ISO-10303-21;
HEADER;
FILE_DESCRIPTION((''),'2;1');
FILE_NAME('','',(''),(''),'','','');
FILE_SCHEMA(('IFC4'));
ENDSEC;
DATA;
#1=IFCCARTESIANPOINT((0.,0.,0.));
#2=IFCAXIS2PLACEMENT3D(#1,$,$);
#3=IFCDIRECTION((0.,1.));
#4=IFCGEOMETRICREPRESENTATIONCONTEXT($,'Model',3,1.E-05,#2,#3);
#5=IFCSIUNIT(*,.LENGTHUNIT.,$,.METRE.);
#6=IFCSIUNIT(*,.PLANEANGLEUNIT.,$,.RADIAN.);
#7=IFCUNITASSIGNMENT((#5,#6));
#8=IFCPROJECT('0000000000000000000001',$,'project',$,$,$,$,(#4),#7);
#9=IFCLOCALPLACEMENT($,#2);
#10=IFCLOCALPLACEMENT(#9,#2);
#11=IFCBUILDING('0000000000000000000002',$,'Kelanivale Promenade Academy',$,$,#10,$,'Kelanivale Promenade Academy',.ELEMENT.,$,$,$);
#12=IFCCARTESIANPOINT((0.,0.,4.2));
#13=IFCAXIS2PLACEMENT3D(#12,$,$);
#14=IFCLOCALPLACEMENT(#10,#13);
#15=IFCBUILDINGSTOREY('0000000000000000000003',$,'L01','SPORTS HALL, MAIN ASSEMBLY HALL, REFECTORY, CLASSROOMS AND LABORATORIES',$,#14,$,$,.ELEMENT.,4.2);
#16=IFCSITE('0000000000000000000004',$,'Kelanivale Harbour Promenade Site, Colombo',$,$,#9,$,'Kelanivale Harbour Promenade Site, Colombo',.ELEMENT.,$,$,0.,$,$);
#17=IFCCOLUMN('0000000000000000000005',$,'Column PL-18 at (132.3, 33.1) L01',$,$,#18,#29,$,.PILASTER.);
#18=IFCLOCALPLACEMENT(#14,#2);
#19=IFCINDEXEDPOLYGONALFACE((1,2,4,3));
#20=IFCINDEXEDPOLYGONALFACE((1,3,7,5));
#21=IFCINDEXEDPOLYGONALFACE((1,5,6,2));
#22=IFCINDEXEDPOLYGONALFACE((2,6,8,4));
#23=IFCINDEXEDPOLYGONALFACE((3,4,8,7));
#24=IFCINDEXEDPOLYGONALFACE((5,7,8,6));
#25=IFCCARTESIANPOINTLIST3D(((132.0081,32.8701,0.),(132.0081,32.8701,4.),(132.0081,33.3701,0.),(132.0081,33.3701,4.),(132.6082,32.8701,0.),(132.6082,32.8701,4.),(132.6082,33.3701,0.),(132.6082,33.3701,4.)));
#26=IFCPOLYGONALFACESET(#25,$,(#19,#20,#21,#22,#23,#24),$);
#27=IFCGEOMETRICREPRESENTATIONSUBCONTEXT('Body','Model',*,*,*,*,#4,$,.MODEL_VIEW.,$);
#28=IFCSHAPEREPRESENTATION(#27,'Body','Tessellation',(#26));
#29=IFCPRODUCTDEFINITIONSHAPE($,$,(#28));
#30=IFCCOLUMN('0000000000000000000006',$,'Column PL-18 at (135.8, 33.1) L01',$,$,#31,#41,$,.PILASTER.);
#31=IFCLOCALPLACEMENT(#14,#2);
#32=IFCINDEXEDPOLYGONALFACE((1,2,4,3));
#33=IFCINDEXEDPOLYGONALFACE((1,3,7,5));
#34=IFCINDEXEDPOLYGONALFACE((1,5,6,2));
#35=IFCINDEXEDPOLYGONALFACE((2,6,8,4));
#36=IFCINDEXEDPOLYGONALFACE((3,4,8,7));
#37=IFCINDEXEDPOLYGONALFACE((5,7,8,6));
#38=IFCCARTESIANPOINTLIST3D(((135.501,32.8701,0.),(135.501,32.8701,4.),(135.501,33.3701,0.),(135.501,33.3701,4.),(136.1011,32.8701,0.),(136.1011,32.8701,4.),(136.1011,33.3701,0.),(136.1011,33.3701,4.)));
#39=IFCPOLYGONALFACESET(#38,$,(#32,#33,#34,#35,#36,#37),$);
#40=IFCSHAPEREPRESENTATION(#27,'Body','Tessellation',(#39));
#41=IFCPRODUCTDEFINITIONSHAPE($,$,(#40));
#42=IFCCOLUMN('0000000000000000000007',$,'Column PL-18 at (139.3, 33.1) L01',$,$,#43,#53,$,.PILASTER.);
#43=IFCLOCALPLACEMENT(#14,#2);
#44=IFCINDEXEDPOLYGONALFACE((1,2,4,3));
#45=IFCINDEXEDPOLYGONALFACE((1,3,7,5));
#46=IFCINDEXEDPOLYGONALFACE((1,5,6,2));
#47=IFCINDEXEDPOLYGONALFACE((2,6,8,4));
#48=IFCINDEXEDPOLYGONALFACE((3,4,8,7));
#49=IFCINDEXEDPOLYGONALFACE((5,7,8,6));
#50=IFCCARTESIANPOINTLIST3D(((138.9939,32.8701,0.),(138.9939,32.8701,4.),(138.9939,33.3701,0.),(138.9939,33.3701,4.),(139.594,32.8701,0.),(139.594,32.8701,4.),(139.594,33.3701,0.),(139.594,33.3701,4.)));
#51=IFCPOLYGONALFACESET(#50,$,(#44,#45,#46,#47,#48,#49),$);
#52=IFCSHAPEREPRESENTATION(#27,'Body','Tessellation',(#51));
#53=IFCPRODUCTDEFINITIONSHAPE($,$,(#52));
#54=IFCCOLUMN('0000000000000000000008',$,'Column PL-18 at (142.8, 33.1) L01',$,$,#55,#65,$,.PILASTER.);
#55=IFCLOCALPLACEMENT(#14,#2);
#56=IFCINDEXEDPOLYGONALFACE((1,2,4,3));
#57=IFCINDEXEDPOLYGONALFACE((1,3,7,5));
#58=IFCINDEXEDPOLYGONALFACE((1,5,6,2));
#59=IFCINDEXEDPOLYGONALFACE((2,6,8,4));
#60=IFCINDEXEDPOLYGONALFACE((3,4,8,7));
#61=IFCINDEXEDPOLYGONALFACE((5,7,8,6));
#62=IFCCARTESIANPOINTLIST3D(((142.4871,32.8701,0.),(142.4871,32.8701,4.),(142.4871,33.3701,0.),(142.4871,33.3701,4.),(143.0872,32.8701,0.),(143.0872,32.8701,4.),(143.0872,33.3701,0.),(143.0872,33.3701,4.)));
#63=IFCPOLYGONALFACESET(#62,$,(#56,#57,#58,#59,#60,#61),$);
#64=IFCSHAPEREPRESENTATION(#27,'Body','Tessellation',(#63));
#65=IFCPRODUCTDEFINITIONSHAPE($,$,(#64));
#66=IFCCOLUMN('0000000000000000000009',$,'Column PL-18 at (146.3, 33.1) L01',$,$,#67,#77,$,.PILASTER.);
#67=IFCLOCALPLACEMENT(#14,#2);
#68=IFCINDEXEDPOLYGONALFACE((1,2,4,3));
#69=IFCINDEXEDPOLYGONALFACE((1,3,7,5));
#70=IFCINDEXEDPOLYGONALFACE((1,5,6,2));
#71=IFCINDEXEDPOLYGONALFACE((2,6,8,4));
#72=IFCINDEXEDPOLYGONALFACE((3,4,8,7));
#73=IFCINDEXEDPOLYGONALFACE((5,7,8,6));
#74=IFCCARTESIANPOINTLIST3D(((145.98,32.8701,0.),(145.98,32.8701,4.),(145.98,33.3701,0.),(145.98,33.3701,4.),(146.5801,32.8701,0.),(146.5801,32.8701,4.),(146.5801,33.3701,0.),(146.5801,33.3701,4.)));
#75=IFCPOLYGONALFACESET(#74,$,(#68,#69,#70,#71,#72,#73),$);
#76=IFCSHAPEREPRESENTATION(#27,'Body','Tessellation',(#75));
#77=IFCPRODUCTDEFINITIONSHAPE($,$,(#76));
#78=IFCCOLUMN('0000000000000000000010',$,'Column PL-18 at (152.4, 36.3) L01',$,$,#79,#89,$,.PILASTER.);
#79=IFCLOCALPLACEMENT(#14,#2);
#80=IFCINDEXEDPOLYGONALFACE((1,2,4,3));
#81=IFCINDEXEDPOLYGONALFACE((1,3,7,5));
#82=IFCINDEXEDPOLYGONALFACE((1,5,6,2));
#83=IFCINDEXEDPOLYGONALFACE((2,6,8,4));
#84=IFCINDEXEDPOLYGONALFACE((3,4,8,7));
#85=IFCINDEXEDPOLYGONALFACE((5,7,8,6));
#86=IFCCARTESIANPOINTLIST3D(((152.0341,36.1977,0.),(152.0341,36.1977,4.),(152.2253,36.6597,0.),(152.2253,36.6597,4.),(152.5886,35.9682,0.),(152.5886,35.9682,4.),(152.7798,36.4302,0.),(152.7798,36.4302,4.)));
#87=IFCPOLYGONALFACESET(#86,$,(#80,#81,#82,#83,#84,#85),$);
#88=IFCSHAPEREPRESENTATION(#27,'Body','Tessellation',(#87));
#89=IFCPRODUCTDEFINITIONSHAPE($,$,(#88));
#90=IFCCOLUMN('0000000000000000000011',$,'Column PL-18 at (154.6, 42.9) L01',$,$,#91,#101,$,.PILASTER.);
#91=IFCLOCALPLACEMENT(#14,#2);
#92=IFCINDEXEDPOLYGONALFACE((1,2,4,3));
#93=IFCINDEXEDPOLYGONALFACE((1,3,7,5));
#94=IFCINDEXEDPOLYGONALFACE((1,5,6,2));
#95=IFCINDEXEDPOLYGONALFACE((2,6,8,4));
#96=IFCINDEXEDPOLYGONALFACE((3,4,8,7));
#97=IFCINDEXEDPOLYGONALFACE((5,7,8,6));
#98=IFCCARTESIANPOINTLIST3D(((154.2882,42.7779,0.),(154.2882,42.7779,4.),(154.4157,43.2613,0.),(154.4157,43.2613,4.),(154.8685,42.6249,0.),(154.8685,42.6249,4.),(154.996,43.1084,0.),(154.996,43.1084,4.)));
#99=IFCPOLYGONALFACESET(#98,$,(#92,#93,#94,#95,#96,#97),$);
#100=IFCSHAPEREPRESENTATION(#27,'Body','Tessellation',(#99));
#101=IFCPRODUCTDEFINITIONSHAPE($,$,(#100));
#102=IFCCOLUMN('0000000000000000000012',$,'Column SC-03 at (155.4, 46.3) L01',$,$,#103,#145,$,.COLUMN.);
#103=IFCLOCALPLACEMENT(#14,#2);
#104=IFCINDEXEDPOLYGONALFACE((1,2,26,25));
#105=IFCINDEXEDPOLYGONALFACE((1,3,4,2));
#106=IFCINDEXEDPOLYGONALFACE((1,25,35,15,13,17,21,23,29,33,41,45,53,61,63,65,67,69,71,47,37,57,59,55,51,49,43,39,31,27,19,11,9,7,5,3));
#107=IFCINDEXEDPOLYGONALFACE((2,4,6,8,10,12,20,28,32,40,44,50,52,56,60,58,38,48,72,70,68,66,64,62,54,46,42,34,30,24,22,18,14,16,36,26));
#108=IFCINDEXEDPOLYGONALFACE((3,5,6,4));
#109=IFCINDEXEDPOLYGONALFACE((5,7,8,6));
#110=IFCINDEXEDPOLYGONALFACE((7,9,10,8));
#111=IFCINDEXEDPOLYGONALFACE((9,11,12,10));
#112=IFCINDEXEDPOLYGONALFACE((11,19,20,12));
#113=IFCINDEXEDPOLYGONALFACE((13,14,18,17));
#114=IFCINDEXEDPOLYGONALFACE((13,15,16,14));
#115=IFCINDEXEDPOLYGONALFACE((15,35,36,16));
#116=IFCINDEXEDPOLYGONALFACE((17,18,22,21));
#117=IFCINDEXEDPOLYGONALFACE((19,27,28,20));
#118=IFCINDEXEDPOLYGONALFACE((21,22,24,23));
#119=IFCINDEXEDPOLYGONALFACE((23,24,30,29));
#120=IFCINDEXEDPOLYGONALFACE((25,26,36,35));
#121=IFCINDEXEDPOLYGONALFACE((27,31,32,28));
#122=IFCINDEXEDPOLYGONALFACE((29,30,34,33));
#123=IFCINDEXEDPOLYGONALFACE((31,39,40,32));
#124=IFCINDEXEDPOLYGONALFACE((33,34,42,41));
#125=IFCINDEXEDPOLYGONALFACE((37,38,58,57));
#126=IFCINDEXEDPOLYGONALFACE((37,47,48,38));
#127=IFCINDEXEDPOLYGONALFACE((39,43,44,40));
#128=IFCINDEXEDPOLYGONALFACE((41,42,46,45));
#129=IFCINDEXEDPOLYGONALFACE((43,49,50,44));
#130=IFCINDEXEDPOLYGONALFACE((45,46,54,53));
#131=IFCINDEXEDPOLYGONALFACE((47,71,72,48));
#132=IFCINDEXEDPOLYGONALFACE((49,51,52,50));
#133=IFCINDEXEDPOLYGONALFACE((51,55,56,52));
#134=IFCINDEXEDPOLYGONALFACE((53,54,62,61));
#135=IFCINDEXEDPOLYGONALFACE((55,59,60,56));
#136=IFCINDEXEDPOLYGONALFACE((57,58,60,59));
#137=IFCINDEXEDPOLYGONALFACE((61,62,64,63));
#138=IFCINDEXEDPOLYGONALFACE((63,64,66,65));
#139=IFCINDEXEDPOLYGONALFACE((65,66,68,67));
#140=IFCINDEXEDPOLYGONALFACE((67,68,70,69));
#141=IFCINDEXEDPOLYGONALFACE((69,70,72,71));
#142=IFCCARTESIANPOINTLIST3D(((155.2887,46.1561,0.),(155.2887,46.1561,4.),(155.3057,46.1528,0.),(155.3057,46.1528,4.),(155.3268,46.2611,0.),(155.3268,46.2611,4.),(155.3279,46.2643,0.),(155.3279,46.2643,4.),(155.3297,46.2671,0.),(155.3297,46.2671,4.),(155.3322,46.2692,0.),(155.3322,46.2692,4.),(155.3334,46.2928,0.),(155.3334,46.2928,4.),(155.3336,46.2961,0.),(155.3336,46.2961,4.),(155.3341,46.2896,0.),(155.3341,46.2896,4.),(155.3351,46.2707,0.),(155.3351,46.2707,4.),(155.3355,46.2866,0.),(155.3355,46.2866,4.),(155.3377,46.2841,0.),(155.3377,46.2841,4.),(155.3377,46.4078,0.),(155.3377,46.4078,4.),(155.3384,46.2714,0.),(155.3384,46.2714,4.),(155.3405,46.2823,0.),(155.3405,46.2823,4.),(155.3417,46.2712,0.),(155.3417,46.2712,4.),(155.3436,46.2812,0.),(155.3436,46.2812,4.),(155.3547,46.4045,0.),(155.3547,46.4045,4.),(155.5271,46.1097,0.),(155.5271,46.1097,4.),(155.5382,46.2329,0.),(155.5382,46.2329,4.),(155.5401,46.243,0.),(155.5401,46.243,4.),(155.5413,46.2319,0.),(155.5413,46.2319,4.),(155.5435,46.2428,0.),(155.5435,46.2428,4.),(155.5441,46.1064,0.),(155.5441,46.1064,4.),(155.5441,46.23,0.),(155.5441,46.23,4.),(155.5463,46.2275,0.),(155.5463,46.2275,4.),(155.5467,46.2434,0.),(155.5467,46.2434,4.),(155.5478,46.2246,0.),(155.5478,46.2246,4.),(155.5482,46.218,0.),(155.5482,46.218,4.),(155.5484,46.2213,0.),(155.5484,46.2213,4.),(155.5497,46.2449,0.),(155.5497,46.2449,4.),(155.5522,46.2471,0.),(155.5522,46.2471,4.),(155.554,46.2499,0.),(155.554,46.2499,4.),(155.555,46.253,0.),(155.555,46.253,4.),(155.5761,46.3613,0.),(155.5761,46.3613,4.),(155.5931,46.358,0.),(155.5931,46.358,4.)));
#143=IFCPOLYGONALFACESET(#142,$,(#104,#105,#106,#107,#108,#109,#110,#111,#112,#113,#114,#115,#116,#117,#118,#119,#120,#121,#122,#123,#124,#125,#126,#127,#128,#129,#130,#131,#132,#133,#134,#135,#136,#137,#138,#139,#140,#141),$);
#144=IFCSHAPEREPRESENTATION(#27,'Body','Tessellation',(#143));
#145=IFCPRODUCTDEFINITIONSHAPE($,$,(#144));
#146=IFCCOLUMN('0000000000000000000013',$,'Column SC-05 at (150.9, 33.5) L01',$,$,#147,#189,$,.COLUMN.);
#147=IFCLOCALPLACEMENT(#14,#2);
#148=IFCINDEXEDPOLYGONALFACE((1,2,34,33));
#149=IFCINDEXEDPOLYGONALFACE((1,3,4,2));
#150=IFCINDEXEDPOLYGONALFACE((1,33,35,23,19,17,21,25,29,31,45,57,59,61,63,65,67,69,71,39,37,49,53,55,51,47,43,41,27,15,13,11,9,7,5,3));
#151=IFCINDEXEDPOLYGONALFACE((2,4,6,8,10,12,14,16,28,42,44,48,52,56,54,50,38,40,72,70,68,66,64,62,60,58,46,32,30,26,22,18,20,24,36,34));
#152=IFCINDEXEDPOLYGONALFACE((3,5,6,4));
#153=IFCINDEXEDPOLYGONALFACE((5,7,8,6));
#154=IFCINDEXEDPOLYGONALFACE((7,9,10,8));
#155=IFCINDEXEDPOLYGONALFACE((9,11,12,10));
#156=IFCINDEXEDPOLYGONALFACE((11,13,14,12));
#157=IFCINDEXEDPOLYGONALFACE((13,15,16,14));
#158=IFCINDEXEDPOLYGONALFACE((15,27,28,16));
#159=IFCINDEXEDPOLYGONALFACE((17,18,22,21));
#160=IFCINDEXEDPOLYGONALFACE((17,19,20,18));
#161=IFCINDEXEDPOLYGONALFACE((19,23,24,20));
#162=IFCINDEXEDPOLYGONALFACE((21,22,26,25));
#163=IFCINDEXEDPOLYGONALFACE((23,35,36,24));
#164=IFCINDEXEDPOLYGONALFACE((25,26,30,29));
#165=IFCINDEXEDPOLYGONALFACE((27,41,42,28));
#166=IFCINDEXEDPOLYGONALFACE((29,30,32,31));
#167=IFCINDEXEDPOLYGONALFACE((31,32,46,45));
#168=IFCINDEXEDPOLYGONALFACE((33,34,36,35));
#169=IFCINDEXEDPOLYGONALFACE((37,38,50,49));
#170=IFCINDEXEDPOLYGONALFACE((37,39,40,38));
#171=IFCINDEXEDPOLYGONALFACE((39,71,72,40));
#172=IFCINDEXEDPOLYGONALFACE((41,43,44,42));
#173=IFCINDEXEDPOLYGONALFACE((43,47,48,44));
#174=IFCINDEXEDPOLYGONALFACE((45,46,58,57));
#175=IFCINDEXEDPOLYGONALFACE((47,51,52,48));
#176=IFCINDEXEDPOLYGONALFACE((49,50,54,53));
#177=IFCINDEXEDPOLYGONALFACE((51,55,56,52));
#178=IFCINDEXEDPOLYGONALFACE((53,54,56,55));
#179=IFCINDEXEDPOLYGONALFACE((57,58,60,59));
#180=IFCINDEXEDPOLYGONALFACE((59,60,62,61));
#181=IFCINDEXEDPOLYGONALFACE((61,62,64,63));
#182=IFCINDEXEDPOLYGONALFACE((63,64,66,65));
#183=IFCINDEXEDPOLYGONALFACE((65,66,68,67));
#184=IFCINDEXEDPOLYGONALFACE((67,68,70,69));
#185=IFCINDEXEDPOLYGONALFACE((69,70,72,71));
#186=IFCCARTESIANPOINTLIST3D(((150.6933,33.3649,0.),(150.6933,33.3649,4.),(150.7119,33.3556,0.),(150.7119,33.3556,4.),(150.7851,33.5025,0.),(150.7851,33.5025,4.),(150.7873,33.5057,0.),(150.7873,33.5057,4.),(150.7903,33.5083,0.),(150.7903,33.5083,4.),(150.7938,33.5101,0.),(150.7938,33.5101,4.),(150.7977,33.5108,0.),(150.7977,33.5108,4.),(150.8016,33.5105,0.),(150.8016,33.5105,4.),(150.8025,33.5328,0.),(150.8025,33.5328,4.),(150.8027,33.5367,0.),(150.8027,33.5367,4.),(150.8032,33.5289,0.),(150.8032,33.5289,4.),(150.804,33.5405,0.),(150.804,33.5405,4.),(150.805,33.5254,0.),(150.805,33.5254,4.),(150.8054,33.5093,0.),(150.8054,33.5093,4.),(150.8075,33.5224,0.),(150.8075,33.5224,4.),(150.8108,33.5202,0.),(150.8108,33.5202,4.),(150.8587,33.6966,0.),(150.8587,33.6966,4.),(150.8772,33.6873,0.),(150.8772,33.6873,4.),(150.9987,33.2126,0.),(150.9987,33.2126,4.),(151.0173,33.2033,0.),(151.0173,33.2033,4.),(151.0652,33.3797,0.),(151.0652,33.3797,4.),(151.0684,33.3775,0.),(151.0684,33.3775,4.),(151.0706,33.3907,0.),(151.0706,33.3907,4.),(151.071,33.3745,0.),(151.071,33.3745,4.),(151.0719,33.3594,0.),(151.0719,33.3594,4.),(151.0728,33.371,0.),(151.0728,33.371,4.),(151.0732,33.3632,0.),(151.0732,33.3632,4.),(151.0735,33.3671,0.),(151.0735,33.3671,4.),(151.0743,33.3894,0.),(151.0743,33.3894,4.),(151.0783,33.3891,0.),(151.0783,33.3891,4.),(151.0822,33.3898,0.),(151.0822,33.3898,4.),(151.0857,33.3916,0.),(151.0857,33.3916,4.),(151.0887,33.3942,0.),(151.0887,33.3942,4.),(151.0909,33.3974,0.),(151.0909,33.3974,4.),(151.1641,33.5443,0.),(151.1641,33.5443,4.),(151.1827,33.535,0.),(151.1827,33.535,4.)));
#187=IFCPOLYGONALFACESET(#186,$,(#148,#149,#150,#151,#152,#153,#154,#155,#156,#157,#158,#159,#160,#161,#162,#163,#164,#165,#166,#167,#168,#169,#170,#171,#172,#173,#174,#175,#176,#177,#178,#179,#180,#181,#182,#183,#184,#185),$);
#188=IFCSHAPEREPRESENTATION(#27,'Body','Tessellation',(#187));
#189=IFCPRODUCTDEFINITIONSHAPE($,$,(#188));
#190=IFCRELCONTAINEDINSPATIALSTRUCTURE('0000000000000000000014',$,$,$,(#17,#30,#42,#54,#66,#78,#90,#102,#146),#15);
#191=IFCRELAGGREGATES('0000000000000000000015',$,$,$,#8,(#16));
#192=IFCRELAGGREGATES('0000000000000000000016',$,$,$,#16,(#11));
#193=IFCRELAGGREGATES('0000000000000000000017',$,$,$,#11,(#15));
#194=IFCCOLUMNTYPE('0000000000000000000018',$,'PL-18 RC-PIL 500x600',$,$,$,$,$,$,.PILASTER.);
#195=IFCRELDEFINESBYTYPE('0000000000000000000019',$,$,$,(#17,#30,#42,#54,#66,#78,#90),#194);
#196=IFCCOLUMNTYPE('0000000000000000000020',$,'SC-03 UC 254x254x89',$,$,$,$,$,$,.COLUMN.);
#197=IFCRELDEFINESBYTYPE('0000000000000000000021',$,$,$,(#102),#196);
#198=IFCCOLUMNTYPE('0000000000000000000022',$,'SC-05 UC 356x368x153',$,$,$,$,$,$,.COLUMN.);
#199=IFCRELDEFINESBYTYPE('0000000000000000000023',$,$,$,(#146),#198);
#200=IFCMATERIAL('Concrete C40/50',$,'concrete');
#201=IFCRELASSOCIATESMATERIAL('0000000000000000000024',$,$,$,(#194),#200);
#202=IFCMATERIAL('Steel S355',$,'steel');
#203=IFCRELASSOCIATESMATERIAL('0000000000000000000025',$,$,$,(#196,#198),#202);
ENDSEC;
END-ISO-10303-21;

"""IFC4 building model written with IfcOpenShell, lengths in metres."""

from ifc_helpers import new_model, si_unit, direction, frame, origin, origin_2d, place, context, subcontext, project, spatial, rectangle, i_section, extrude, material, material_profile, profile_set, type_object, element, save


model = new_model("IFC4")

# Units and contexts
model_context = context("Model", 3, precision=1e-05, world=origin(), true_north=direction((0.0, 1.0)))
body_context = subcontext(model_context, "Body", "Model", "MODEL_VIEW")
ifc_project = project(units=[si_unit("LENGTHUNIT", "METRE"), si_unit("PLANEANGLEUNIT", "RADIAN")], contexts=[model_context])

# Site, building, storey
site_placement = place(None, origin())
site = spatial("IfcSite", under=ifc_project, at=site_placement, Name="Kelanivale Harbour Promenade Site, Colombo", LongName="Kelanivale Harbour Promenade Site, Colombo", CompositionType="ELEMENT", RefElevation=0.0)
building_placement = place(site_placement, origin())
building = spatial("IfcBuilding", under=site, at=building_placement, Name="Kelanivale Promenade Academy", LongName="Kelanivale Promenade Academy", CompositionType="ELEMENT")
storey_placement = place(building_placement, frame((0.0, 0.0, 4.2)))
storey = spatial("IfcBuildingStorey", under=building, at=storey_placement, Name="L01", Description="SPORTS HALL, MAIN ASSEMBLY HALL, REFECTORY, CLASSROOMS AND LABORATORIES", CompositionType="ELEMENT", Elevation=4.2)

# Columns
ifc_material_1 = material(Name="Concrete C40/50", Category="concrete")
ifc_material_profile_1 = material_profile(ifc_material_1, rectangle(XDim=0.5, YDim=0.6001, at=origin_2d()), Name="RC-PIL 500x600")
ifc_profile_set_1 = profile_set([ifc_material_profile_1], Name="Concrete C40/50")
column_type_1 = type_object("IfcColumnType", Name="PL-18 RC-PIL 500x600", PredefinedType="PILASTER", material=ifc_profile_set_1)
for number, where, z_axis, x_axis, name in (
    (1, (132.3081, 33.1201, 0.0), (0.0, 0.0, 1.0), (0.0, 1.0, 0.0), "Column PL-18 at (132.3, 33.1) L01"),
    (2, (135.801, 33.1201, 0.0), (0.0, 0.0, 1.0), (0.0, 1.0, 0.0), "Column PL-18 at (135.8, 33.1) L01"),
    (3, (139.2939, 33.1201, 0.0), (0.0, 0.0, 1.0), (0.0, 1.0, 0.0), "Column PL-18 at (139.3, 33.1) L01"),
    (4, (142.7871, 33.1201, 0.0), (0.0, 0.0, 1.0), (0.0, 1.0, 0.0), "Column PL-18 at (142.8, 33.1) L01"),
    (5, (146.28, 33.1201, 0.0), (0.0, 0.0, 1.0), (0.0, 1.0, 0.0), "Column PL-18 at (146.3, 33.1) L01"),
    (6, (152.407, 36.314, 0.0), (0.0, 0.0, 1.0), (0.382361, 0.924013, 0.0), "Column PL-18 at (152.4, 36.3) L01"),
    (7, (154.6421, 42.9431, 0.0), (0.0, 0.0, 1.0), (0.254939, 0.966957, 0.0), "Column PL-18 at (154.6, 42.9) L01"),
):
    element("IfcColumn", number, at=place(storey_placement, frame(where, z_axis=z_axis, x_axis=x_axis)), inside=storey, type_object=column_type_1, Name=name, PredefinedType="PILASTER", context=body_context, shape_type="SweptSolid", body=[
        extrude(rectangle(XDim=0.5, YDim=0.6001, at=origin_2d()), origin(), (0.0, 0.0, 1.0), 4.0),
    ])
ifc_material_2 = material(Name="Steel S355", Category="steel")
ifc_material_profile_2 = material_profile(ifc_material_2, i_section(OverallWidth=0.2563, OverallDepth=0.2603, WebThickness=0.0103, FlangeThickness=0.0173, FilletRadius=0.0127, at=origin_2d()), Name="UC 254x254x89")
ifc_profile_set_2 = profile_set([ifc_material_profile_2], Name="Steel S355")
column_type_2 = type_object("IfcColumnType", Name="SC-03 UC 254x254x89", PredefinedType="COLUMN", material=ifc_profile_set_2)
column_placement = place(storey_placement, frame((155.4409, 46.2571, 0.0), z_axis=(0.0, 0.0, 1.0), x_axis=(0.191152, 0.981561, 0.0)))
element("IfcColumn", 8, at=column_placement, inside=storey, type_object=column_type_2, Name="Column SC-03 at (155.4, 46.3) L01", PredefinedType="COLUMN", context=body_context, shape_type="SweptSolid", body=[
    extrude(i_section(OverallWidth=0.2563, OverallDepth=0.2603, WebThickness=0.0103, FlangeThickness=0.0173, FilletRadius=0.0127, at=origin_2d()), origin(), (0.0, 0.0, 1.0), 4.0),
])
ifc_material_profile_3 = material_profile(ifc_material_2, i_section(OverallWidth=0.3706, OverallDepth=0.3621, WebThickness=0.0122, FlangeThickness=0.0208, FilletRadius=0.0151, at=origin_2d()), Name="UC 356x368x153")
ifc_profile_set_3 = profile_set([ifc_material_profile_3], Name="Steel S355")
column_type_3 = type_object("IfcColumnType", Name="SC-05 UC 356x368x153", PredefinedType="COLUMN", material=ifc_profile_set_3)
for number, where, z_axis, x_axis, name in (
    (9, (150.938, 33.45, 0.0), (0.0, 0.0, 1.0), (0.446198, 0.894934, 0.0), "Column SC-05 at (150.9, 33.5) L01"),
):
    element("IfcColumn", number, at=place(storey_placement, frame(where, z_axis=z_axis, x_axis=x_axis)), inside=storey, type_object=column_type_3, Name=name, PredefinedType="COLUMN", context=body_context, shape_type="SweptSolid", body=[
        extrude(i_section(OverallWidth=0.3706, OverallDepth=0.3621, WebThickness=0.0122, FlangeThickness=0.0208, FilletRadius=0.0151, at=origin_2d()), origin(), (0.0, 0.0, 1.0), 4.0),
    ])

save(model, "model.ifc")
